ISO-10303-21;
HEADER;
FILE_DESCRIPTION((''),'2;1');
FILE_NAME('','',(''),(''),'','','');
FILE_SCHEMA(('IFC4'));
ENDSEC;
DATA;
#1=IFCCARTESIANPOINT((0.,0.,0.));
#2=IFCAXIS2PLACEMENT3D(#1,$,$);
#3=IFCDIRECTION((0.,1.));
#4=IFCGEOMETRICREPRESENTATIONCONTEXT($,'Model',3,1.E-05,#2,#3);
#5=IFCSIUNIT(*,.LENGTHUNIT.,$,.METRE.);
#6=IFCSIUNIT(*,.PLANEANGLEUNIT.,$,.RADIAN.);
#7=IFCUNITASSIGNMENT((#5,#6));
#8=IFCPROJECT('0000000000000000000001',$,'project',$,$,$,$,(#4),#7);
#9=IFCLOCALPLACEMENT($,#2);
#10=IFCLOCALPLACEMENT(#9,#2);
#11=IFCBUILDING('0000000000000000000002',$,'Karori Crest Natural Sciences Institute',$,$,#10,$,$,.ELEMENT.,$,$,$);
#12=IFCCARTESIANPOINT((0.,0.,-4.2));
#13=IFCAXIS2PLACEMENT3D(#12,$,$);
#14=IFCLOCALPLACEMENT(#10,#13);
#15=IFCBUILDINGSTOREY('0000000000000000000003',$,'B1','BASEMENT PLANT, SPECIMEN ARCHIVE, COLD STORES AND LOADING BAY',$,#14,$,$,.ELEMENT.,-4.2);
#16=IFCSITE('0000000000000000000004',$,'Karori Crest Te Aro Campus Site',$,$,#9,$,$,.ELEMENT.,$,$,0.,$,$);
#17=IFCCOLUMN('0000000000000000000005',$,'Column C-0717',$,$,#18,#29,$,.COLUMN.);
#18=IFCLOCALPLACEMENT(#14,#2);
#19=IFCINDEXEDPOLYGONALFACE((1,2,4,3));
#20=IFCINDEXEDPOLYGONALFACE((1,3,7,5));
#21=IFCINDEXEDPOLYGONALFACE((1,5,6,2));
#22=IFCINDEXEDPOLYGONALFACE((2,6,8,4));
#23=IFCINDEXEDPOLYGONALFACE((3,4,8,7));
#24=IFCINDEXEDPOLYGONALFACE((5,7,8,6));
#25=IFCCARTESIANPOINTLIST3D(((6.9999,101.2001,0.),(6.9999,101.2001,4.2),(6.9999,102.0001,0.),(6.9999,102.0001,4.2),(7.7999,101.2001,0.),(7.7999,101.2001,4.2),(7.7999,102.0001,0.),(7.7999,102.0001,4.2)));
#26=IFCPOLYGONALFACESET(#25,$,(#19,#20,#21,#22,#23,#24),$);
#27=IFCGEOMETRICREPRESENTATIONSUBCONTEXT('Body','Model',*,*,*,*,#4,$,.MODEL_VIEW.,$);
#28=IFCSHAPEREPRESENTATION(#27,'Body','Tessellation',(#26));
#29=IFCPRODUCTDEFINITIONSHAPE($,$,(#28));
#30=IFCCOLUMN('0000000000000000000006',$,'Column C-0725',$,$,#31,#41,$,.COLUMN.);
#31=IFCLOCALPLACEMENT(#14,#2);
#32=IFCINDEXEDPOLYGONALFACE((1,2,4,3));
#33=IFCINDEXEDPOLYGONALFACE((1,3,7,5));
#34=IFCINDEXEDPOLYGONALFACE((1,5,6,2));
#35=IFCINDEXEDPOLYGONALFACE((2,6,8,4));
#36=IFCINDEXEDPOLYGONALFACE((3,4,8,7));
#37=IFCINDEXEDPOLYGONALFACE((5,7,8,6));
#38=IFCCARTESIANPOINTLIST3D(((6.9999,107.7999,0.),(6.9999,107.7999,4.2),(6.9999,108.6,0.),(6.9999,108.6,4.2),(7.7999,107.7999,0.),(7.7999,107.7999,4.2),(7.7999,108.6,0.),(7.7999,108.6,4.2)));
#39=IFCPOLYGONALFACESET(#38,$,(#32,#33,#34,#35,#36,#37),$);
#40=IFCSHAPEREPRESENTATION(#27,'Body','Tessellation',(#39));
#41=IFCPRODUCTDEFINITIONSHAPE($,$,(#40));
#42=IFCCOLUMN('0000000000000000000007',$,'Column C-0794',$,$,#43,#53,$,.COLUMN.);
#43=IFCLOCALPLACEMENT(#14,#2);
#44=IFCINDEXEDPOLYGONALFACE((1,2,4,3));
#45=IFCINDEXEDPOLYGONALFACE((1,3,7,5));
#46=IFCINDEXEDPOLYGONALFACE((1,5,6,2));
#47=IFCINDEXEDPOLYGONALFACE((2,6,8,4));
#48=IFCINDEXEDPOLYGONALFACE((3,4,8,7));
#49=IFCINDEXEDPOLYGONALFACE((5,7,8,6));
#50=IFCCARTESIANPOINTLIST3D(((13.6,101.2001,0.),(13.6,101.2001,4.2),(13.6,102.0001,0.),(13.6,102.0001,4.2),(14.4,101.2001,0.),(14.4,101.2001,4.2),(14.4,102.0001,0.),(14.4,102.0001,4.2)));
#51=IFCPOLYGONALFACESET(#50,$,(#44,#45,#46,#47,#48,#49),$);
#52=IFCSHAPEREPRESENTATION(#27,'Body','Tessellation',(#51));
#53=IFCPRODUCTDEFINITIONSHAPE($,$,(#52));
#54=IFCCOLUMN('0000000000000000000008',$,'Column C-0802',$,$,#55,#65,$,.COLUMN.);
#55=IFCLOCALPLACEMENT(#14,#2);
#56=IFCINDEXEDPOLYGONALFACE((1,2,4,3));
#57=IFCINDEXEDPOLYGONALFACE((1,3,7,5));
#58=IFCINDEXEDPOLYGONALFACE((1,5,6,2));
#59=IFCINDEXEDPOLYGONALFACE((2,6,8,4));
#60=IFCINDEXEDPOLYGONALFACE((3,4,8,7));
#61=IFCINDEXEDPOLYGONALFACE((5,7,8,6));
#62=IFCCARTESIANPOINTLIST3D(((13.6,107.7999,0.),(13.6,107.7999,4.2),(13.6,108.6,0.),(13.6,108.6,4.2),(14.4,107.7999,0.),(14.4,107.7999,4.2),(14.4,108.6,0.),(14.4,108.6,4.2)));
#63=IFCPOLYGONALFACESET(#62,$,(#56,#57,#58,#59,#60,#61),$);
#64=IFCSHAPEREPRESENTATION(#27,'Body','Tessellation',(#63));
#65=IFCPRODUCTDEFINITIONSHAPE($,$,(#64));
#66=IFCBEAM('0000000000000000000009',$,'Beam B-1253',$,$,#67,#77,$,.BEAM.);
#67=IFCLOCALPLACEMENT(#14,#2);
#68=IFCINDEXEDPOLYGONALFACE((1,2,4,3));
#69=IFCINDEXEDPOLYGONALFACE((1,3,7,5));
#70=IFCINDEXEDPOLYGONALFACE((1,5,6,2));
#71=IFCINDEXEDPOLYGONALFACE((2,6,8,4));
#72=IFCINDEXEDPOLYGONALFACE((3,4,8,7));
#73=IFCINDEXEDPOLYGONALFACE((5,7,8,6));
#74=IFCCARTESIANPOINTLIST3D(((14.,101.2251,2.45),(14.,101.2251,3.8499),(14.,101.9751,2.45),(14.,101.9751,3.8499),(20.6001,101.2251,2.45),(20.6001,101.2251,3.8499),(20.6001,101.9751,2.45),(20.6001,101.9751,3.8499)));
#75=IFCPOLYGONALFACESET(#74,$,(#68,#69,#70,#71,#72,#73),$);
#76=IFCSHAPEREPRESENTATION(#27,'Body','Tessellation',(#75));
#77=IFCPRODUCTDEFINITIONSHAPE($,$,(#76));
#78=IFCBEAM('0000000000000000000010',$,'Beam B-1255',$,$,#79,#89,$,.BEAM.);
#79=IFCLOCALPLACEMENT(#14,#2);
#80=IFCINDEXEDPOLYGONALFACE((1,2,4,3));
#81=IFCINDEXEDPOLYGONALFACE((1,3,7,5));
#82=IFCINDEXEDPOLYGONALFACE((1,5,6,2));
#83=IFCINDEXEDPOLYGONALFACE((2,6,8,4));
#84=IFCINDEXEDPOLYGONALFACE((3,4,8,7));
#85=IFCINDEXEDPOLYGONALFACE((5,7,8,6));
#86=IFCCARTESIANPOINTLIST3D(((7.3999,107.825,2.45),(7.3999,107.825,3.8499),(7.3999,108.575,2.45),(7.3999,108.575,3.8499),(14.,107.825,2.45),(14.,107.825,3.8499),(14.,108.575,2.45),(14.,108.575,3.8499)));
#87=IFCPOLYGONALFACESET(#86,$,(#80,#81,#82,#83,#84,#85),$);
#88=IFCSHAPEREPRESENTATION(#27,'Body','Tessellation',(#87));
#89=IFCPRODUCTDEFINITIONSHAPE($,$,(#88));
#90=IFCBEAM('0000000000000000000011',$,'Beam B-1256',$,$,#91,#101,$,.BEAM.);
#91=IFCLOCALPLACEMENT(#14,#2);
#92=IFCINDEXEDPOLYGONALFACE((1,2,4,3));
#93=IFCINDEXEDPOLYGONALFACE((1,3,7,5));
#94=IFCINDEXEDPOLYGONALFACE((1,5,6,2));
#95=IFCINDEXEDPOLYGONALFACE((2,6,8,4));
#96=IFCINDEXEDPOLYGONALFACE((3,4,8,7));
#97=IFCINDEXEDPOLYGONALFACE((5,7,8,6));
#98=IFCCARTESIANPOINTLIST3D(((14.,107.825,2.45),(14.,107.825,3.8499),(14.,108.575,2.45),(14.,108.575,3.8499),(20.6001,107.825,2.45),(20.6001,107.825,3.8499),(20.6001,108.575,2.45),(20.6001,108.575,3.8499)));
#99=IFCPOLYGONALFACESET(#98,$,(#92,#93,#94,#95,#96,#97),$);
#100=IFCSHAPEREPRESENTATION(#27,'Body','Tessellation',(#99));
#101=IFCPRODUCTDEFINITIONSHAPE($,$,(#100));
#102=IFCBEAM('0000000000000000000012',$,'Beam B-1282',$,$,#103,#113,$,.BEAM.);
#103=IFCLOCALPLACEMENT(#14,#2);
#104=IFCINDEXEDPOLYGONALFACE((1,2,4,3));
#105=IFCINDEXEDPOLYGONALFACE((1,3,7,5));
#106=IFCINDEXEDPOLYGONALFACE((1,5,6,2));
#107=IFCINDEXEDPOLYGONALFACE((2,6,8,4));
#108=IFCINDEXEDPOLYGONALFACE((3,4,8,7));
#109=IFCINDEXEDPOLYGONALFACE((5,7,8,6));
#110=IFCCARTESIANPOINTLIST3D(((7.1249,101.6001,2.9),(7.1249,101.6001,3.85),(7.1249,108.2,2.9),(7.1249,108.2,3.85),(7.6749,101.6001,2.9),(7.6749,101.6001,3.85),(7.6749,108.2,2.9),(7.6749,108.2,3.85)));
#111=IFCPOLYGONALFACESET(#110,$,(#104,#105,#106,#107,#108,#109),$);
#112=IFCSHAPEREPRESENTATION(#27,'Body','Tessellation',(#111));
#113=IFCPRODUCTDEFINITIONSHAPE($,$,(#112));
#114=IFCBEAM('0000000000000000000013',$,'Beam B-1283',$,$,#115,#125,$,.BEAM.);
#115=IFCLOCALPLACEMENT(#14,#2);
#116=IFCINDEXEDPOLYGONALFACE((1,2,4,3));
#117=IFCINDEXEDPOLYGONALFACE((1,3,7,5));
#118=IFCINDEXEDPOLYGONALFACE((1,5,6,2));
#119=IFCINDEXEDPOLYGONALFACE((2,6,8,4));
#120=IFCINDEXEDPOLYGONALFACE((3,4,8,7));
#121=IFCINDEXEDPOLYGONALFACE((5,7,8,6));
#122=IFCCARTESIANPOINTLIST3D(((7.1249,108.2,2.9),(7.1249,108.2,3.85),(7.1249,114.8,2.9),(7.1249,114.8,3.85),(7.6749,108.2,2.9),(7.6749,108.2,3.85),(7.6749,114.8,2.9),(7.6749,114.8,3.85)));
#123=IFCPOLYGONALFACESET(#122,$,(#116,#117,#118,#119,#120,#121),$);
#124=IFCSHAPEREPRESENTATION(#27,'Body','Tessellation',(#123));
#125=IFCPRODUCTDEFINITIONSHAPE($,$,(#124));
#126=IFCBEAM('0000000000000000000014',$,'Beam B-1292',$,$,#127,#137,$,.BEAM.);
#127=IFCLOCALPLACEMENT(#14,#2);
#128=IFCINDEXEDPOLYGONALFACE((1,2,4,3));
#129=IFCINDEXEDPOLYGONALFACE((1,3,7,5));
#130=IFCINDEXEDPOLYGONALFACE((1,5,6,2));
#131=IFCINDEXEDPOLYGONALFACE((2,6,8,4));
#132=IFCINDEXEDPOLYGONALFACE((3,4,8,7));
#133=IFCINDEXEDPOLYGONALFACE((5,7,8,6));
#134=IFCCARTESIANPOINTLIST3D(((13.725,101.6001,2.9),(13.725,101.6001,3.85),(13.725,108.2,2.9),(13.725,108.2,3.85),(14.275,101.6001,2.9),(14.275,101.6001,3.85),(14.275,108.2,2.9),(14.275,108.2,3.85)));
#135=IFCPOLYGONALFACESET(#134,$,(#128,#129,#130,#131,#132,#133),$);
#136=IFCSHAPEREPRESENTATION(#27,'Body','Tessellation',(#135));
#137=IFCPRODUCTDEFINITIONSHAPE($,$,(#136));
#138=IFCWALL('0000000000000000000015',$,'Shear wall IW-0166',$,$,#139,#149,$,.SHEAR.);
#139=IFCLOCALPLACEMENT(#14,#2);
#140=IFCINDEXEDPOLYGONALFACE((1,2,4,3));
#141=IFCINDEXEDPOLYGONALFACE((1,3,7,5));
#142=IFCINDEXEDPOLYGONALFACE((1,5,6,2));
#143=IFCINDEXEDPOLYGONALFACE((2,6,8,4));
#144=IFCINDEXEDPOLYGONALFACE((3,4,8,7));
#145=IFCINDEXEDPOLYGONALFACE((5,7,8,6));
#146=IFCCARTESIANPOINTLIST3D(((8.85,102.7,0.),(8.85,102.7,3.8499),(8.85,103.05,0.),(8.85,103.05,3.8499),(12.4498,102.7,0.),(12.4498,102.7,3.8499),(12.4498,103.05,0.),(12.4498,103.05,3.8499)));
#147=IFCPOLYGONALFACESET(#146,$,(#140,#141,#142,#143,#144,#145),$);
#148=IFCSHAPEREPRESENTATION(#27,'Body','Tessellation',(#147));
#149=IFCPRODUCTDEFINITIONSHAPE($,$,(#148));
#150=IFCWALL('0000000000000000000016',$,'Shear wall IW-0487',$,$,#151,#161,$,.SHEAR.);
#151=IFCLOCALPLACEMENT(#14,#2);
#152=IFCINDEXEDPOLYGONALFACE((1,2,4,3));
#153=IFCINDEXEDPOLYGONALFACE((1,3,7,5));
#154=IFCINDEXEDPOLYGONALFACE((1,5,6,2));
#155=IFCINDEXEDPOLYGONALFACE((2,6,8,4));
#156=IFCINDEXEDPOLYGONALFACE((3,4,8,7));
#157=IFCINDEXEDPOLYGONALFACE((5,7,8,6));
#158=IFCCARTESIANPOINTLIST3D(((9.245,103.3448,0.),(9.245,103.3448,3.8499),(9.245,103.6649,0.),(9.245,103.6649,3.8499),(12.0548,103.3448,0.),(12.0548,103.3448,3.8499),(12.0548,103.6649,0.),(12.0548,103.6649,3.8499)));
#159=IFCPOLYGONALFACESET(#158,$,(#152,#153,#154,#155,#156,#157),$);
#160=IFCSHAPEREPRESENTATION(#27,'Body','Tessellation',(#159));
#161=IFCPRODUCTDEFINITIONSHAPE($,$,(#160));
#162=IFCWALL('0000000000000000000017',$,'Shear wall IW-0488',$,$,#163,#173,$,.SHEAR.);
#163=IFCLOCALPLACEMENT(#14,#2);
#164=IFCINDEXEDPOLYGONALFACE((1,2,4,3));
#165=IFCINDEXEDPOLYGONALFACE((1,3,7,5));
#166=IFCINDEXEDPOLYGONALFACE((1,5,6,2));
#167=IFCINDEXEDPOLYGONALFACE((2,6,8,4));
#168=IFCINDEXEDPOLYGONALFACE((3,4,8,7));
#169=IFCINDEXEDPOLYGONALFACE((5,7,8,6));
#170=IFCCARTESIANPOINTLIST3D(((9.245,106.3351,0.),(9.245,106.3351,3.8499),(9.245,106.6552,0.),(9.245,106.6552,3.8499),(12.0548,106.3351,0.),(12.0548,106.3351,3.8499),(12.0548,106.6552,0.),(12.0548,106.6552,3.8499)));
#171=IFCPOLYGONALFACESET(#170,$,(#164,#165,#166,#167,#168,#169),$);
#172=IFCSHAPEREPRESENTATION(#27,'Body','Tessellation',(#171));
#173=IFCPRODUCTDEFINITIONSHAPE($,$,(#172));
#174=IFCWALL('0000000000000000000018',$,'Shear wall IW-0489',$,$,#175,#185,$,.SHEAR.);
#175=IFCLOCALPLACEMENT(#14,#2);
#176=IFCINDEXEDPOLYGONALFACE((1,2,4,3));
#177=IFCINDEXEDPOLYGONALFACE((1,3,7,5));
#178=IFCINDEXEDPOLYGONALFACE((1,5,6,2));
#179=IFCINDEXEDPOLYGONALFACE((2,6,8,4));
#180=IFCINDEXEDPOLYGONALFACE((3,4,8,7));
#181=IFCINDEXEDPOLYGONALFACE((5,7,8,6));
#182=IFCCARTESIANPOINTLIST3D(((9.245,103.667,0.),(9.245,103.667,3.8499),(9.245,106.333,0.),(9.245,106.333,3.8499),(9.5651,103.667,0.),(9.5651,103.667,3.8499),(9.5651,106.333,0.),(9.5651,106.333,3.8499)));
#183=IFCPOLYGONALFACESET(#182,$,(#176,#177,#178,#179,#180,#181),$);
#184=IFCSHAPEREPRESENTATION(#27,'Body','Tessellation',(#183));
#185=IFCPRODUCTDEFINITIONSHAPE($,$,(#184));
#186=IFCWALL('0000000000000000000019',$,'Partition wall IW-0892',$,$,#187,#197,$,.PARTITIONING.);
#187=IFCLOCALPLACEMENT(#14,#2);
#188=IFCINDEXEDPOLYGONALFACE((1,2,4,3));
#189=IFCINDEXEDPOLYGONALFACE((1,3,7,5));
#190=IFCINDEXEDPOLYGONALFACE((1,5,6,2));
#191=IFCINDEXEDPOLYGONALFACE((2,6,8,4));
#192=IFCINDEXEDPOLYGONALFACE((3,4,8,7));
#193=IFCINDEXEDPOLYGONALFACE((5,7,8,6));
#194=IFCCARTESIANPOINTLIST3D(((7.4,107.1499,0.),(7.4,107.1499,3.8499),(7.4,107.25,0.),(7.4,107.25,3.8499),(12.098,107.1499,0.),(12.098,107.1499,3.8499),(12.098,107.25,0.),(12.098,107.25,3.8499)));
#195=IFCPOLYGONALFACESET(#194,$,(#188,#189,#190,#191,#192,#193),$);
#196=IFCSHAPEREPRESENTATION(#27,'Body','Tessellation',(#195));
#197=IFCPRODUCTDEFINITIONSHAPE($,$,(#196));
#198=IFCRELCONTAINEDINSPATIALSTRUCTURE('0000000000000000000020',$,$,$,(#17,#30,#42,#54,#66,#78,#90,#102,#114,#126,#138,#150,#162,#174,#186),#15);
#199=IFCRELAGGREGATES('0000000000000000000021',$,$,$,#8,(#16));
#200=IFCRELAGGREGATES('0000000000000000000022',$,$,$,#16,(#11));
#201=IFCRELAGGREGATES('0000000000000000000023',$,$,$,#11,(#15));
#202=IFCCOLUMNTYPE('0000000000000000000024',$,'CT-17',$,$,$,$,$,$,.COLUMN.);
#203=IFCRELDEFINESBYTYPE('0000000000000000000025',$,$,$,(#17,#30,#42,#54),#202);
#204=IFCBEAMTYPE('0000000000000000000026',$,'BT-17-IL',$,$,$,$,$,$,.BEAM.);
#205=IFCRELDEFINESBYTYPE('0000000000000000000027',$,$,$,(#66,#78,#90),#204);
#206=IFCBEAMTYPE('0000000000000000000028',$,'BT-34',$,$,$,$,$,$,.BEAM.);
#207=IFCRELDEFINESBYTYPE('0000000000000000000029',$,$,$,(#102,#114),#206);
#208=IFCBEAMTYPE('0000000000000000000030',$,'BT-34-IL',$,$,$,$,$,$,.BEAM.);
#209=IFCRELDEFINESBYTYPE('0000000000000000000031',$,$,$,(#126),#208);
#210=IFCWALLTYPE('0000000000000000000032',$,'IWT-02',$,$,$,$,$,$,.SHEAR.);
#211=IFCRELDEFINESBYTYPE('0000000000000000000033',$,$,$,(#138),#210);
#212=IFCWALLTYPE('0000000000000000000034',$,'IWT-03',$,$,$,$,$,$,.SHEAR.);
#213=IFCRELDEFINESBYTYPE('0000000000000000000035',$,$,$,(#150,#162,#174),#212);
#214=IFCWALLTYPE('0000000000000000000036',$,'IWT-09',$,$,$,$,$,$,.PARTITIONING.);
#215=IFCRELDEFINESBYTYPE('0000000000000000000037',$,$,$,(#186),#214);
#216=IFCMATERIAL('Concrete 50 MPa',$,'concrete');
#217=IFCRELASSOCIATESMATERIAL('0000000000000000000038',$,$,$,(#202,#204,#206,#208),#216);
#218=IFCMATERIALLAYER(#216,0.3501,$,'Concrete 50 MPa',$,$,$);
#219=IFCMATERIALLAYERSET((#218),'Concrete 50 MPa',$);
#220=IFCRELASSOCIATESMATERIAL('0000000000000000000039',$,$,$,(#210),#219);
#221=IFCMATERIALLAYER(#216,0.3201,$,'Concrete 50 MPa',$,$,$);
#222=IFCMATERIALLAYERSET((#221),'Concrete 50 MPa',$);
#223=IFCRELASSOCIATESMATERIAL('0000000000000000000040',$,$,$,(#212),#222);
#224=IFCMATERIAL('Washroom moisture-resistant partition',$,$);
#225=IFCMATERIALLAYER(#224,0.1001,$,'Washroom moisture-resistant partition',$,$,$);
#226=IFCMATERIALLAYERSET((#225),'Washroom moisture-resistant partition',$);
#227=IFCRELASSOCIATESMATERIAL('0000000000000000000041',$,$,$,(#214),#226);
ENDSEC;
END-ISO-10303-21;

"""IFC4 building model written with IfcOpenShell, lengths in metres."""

from ifc_helpers import new_model, si_unit, direction, frame, frame_2d, origin, origin_2d, place, context, subcontext, project, spatial, rectangle, extrude, material, layer, layer_set, material_profile, profile_set, type_object, element, save


model = new_model("IFC4")

# Units and contexts
model_context = context("Model", 3, precision=1e-05, world=origin(), true_north=direction((0.0, 1.0)))
body_context = subcontext(model_context, "Body", "Model", "MODEL_VIEW")
ifc_project = project(units=[si_unit("LENGTHUNIT", "METRE"), si_unit("PLANEANGLEUNIT", "RADIAN")], contexts=[model_context])

# Site, building, storey
site_placement = place(None, origin())
site = spatial("IfcSite", under=ifc_project, at=site_placement, Name="Karori Crest Te Aro Campus Site", CompositionType="ELEMENT", RefElevation=0.0)
building_placement = place(site_placement, origin())
building = spatial("IfcBuilding", under=site, at=building_placement, Name="Karori Crest Natural Sciences Institute", CompositionType="ELEMENT")
storey_placement = place(building_placement, frame((0.0, 0.0, -4.2)))
storey = spatial("IfcBuildingStorey", under=building, at=storey_placement, Name="B1", Description="BASEMENT PLANT, SPECIMEN ARCHIVE, COLD STORES AND LOADING BAY", CompositionType="ELEMENT", Elevation=-4.2)

# Columns
ifc_material_1 = material(Name="Concrete 50 MPa", Category="concrete")
ifc_material_profile_1 = material_profile(ifc_material_1, rectangle(XDim=0.8, YDim=0.8, at=origin_2d()), Name="RC800x800")
ifc_profile_set_1 = profile_set([ifc_material_profile_1], Name="Concrete 50 MPa")
column_type = type_object("IfcColumnType", Name="CT-17", PredefinedType="COLUMN", material=ifc_profile_set_1)
for number, where, z_axis, x_axis, name in (
    (1, (7.3999, 101.6001, 0.0), (0.0, 0.0, 1.0), (1.0, 0.0, 0.0), "Column C-0717"),
    (2, (7.3999, 108.2, 0.0), (0.0, 0.0, 1.0), (1.0, 0.0, 0.0), "Column C-0725"),
    (3, (14.0, 101.6001, 0.0), (0.0, 0.0, 1.0), (1.0, 0.0, 0.0), "Column C-0794"),
    (4, (14.0, 108.2, 0.0), (0.0, 0.0, 1.0), (1.0, 0.0, 0.0), "Column C-0802"),
):
    element("IfcColumn", number, at=place(storey_placement, frame(where, z_axis=z_axis, x_axis=x_axis)), inside=storey, type_object=column_type, Name=name, PredefinedType="COLUMN", context=body_context, shape_type="SweptSolid", body=[
        extrude(rectangle(XDim=0.8, YDim=0.8, at=origin_2d()), origin(), (0.0, 0.0, 1.0), 4.2),
    ])

# Beams
ifc_material_profile_2 = material_profile(ifc_material_1, rectangle(XDim=0.75, YDim=1.3999, at=origin_2d()), Name="RCB750x1400")
ifc_profile_set_2 = profile_set([ifc_material_profile_2], Name="Concrete 50 MPa")
beam_type_1 = type_object("IfcBeamType", Name="BT-17-IL", PredefinedType="BEAM", material=ifc_profile_set_2)
for number, where, z_axis, x_axis, name in (
    (5, (14.0, 101.6001, 3.1499), (1.0, 0.0, 0.0), (0.0, 1.0, 0.0), "Beam B-1253"),
    (6, (7.3999, 108.2, 3.1499), (1.0, 0.0, 0.0), (0.0, 1.0, 0.0), "Beam B-1255"),
    (7, (14.0, 108.2, 3.1499), (1.0, 0.0, 0.0), (0.0, 1.0, 0.0), "Beam B-1256"),
):
    element("IfcBeam", number, at=place(storey_placement, frame(where, z_axis=z_axis, x_axis=x_axis)), inside=storey, type_object=beam_type_1, Name=name, PredefinedType="BEAM", context=body_context, shape_type="SweptSolid", body=[
        extrude(rectangle(XDim=0.75, YDim=1.3999, at=origin_2d()), origin(), (0.0, 0.0, 1.0), 6.6001),
    ])
ifc_material_profile_3 = material_profile(ifc_material_1, rectangle(XDim=0.55, YDim=0.95, at=origin_2d()), Name="RCB550x950")
ifc_profile_set_3 = profile_set([ifc_material_profile_3], Name="Concrete 50 MPa")
beam_type_2 = type_object("IfcBeamType", Name="BT-34", PredefinedType="BEAM", material=ifc_profile_set_3)
beam_1_placement = place(storey_placement, frame((7.3999, 101.6001, 3.375), z_axis=(0.0, 1.0, 0.0), x_axis=(-1.0, 0.0, 0.0)))
element("IfcBeam", 8, at=beam_1_placement, inside=storey, type_object=beam_type_2, Name="Beam B-1282", PredefinedType="BEAM", context=body_context, shape_type="SweptSolid", body=[
    extrude(rectangle(XDim=0.55, YDim=0.95, at=origin_2d()), origin(), (0.0, 0.0, 1.0), 6.5999),
])
beam_2_placement = place(storey_placement, frame((7.3999, 108.2, 3.375), z_axis=(0.0, 1.0, 0.0), x_axis=(-1.0, 0.0, 0.0)))
element("IfcBeam", 9, at=beam_2_placement, inside=storey, type_object=beam_type_2, Name="Beam B-1283", PredefinedType="BEAM", context=body_context, shape_type="SweptSolid", body=[
    extrude(rectangle(XDim=0.55, YDim=0.95, at=origin_2d()), origin(), (0.0, 0.0, 1.0), 6.6001),
])
ifc_material_profile_4 = material_profile(ifc_material_1, rectangle(XDim=0.55, YDim=0.95, at=origin_2d()), Name="RCB550x950")
ifc_profile_set_4 = profile_set([ifc_material_profile_4], Name="Concrete 50 MPa")
beam_type_3 = type_object("IfcBeamType", Name="BT-34-IL", PredefinedType="BEAM", material=ifc_profile_set_4)
beam_3_placement = place(storey_placement, frame((14.0, 101.6001, 3.375), z_axis=(0.0, 1.0, 0.0), x_axis=(-1.0, 0.0, 0.0)))
element("IfcBeam", 10, at=beam_3_placement, inside=storey, type_object=beam_type_3, Name="Beam B-1292", PredefinedType="BEAM", context=body_context, shape_type="SweptSolid", body=[
    extrude(rectangle(XDim=0.55, YDim=0.95, at=origin_2d()), origin(), (0.0, 0.0, 1.0), 6.5999),
])

# Walls
ifc_layer_1 = layer(ifc_material_1, 0.3501, Name="Concrete 50 MPa")
ifc_layer_set_1 = layer_set([ifc_layer_1], Name="Concrete 50 MPa")
wall_type_1 = type_object("IfcWallType", Name="IWT-02", PredefinedType="SHEAR", material=ifc_layer_set_1)
wall_1_placement = place(storey_placement, frame((8.8501, 102.875, 0.0), z_axis=(0.0, 0.0, 1.0), x_axis=(1.0, 0.0, 0.0)))
element("IfcWall", 11, at=wall_1_placement, inside=storey, type_object=wall_type_1, Name="Shear wall IW-0166", PredefinedType="SHEAR", context=body_context, shape_type="SweptSolid", body=[
    extrude(rectangle(XDim=3.5999, YDim=0.3501, at=frame_2d((1.7998, 0.0))), origin(), (0.0, 0.0, 1.0), 3.8499),
])
ifc_layer_2 = layer(ifc_material_1, 0.3201, Name="Concrete 50 MPa")
ifc_layer_set_2 = layer_set([ifc_layer_2], Name="Concrete 50 MPa")
wall_type_2 = type_object("IfcWallType", Name="IWT-03", PredefinedType="SHEAR", material=ifc_layer_set_2)
for number, where, z_axis, x_axis, name in (
    (12, (9.2451, 103.5049, 0.0), (0.0, 0.0, 1.0), (1.0, 0.0, 0.0), "Shear wall IW-0487"),
    (13, (9.2451, 106.4951, 0.0), (0.0, 0.0, 1.0), (1.0, 0.0, 0.0), "Shear wall IW-0488"),
):
    element("IfcWall", number, at=place(storey_placement, frame(where, z_axis=z_axis, x_axis=x_axis)), inside=storey, type_object=wall_type_2, Name=name, PredefinedType="SHEAR", context=body_context, shape_type="SweptSolid", body=[
        extrude(rectangle(XDim=2.8098, YDim=0.3201, at=frame_2d((1.4048, 0.0))), origin(), (0.0, 0.0, 1.0), 3.8499),
    ])
wall_2_placement = place(storey_placement, frame((9.405, 103.667, 0.0), z_axis=(0.0, 0.0, 1.0), x_axis=(0.0, 1.0, 0.0)))
element("IfcWall", 14, at=wall_2_placement, inside=storey, type_object=wall_type_2, Name="Shear wall IW-0489", PredefinedType="SHEAR", context=body_context, shape_type="SweptSolid", body=[
    extrude(rectangle(XDim=2.666, YDim=0.3201, at=frame_2d((1.333, 0.0))), origin(), (0.0, 0.0, 1.0), 3.8499),
])

# Wall
ifc_material_2 = material(Name="Washroom moisture-resistant partition")
ifc_layer_3 = layer(ifc_material_2, 0.1001, Name="Washroom moisture-resistant partition")
ifc_layer_set_3 = layer_set([ifc_layer_3], Name="Washroom moisture-resistant partition")
wall_type_3 = type_object("IfcWallType", Name="IWT-09", PredefinedType="PARTITIONING", material=ifc_layer_set_3)
wall_3_placement = place(storey_placement, frame((7.3999, 107.2, 0.0), z_axis=(0.0, 0.0, 1.0), x_axis=(1.0, 0.0, 0.0)))
element("IfcWall", 15, at=wall_3_placement, inside=storey, type_object=wall_type_3, Name="Partition wall IW-0892", PredefinedType="PARTITIONING", context=body_context, shape_type="SweptSolid", body=[
    extrude(rectangle(XDim=4.698, YDim=0.1001, at=frame_2d((2.3491, 0.0))), origin(), (0.0, 0.0, 1.0), 3.8499),
])

save(model, "model.ifc")
